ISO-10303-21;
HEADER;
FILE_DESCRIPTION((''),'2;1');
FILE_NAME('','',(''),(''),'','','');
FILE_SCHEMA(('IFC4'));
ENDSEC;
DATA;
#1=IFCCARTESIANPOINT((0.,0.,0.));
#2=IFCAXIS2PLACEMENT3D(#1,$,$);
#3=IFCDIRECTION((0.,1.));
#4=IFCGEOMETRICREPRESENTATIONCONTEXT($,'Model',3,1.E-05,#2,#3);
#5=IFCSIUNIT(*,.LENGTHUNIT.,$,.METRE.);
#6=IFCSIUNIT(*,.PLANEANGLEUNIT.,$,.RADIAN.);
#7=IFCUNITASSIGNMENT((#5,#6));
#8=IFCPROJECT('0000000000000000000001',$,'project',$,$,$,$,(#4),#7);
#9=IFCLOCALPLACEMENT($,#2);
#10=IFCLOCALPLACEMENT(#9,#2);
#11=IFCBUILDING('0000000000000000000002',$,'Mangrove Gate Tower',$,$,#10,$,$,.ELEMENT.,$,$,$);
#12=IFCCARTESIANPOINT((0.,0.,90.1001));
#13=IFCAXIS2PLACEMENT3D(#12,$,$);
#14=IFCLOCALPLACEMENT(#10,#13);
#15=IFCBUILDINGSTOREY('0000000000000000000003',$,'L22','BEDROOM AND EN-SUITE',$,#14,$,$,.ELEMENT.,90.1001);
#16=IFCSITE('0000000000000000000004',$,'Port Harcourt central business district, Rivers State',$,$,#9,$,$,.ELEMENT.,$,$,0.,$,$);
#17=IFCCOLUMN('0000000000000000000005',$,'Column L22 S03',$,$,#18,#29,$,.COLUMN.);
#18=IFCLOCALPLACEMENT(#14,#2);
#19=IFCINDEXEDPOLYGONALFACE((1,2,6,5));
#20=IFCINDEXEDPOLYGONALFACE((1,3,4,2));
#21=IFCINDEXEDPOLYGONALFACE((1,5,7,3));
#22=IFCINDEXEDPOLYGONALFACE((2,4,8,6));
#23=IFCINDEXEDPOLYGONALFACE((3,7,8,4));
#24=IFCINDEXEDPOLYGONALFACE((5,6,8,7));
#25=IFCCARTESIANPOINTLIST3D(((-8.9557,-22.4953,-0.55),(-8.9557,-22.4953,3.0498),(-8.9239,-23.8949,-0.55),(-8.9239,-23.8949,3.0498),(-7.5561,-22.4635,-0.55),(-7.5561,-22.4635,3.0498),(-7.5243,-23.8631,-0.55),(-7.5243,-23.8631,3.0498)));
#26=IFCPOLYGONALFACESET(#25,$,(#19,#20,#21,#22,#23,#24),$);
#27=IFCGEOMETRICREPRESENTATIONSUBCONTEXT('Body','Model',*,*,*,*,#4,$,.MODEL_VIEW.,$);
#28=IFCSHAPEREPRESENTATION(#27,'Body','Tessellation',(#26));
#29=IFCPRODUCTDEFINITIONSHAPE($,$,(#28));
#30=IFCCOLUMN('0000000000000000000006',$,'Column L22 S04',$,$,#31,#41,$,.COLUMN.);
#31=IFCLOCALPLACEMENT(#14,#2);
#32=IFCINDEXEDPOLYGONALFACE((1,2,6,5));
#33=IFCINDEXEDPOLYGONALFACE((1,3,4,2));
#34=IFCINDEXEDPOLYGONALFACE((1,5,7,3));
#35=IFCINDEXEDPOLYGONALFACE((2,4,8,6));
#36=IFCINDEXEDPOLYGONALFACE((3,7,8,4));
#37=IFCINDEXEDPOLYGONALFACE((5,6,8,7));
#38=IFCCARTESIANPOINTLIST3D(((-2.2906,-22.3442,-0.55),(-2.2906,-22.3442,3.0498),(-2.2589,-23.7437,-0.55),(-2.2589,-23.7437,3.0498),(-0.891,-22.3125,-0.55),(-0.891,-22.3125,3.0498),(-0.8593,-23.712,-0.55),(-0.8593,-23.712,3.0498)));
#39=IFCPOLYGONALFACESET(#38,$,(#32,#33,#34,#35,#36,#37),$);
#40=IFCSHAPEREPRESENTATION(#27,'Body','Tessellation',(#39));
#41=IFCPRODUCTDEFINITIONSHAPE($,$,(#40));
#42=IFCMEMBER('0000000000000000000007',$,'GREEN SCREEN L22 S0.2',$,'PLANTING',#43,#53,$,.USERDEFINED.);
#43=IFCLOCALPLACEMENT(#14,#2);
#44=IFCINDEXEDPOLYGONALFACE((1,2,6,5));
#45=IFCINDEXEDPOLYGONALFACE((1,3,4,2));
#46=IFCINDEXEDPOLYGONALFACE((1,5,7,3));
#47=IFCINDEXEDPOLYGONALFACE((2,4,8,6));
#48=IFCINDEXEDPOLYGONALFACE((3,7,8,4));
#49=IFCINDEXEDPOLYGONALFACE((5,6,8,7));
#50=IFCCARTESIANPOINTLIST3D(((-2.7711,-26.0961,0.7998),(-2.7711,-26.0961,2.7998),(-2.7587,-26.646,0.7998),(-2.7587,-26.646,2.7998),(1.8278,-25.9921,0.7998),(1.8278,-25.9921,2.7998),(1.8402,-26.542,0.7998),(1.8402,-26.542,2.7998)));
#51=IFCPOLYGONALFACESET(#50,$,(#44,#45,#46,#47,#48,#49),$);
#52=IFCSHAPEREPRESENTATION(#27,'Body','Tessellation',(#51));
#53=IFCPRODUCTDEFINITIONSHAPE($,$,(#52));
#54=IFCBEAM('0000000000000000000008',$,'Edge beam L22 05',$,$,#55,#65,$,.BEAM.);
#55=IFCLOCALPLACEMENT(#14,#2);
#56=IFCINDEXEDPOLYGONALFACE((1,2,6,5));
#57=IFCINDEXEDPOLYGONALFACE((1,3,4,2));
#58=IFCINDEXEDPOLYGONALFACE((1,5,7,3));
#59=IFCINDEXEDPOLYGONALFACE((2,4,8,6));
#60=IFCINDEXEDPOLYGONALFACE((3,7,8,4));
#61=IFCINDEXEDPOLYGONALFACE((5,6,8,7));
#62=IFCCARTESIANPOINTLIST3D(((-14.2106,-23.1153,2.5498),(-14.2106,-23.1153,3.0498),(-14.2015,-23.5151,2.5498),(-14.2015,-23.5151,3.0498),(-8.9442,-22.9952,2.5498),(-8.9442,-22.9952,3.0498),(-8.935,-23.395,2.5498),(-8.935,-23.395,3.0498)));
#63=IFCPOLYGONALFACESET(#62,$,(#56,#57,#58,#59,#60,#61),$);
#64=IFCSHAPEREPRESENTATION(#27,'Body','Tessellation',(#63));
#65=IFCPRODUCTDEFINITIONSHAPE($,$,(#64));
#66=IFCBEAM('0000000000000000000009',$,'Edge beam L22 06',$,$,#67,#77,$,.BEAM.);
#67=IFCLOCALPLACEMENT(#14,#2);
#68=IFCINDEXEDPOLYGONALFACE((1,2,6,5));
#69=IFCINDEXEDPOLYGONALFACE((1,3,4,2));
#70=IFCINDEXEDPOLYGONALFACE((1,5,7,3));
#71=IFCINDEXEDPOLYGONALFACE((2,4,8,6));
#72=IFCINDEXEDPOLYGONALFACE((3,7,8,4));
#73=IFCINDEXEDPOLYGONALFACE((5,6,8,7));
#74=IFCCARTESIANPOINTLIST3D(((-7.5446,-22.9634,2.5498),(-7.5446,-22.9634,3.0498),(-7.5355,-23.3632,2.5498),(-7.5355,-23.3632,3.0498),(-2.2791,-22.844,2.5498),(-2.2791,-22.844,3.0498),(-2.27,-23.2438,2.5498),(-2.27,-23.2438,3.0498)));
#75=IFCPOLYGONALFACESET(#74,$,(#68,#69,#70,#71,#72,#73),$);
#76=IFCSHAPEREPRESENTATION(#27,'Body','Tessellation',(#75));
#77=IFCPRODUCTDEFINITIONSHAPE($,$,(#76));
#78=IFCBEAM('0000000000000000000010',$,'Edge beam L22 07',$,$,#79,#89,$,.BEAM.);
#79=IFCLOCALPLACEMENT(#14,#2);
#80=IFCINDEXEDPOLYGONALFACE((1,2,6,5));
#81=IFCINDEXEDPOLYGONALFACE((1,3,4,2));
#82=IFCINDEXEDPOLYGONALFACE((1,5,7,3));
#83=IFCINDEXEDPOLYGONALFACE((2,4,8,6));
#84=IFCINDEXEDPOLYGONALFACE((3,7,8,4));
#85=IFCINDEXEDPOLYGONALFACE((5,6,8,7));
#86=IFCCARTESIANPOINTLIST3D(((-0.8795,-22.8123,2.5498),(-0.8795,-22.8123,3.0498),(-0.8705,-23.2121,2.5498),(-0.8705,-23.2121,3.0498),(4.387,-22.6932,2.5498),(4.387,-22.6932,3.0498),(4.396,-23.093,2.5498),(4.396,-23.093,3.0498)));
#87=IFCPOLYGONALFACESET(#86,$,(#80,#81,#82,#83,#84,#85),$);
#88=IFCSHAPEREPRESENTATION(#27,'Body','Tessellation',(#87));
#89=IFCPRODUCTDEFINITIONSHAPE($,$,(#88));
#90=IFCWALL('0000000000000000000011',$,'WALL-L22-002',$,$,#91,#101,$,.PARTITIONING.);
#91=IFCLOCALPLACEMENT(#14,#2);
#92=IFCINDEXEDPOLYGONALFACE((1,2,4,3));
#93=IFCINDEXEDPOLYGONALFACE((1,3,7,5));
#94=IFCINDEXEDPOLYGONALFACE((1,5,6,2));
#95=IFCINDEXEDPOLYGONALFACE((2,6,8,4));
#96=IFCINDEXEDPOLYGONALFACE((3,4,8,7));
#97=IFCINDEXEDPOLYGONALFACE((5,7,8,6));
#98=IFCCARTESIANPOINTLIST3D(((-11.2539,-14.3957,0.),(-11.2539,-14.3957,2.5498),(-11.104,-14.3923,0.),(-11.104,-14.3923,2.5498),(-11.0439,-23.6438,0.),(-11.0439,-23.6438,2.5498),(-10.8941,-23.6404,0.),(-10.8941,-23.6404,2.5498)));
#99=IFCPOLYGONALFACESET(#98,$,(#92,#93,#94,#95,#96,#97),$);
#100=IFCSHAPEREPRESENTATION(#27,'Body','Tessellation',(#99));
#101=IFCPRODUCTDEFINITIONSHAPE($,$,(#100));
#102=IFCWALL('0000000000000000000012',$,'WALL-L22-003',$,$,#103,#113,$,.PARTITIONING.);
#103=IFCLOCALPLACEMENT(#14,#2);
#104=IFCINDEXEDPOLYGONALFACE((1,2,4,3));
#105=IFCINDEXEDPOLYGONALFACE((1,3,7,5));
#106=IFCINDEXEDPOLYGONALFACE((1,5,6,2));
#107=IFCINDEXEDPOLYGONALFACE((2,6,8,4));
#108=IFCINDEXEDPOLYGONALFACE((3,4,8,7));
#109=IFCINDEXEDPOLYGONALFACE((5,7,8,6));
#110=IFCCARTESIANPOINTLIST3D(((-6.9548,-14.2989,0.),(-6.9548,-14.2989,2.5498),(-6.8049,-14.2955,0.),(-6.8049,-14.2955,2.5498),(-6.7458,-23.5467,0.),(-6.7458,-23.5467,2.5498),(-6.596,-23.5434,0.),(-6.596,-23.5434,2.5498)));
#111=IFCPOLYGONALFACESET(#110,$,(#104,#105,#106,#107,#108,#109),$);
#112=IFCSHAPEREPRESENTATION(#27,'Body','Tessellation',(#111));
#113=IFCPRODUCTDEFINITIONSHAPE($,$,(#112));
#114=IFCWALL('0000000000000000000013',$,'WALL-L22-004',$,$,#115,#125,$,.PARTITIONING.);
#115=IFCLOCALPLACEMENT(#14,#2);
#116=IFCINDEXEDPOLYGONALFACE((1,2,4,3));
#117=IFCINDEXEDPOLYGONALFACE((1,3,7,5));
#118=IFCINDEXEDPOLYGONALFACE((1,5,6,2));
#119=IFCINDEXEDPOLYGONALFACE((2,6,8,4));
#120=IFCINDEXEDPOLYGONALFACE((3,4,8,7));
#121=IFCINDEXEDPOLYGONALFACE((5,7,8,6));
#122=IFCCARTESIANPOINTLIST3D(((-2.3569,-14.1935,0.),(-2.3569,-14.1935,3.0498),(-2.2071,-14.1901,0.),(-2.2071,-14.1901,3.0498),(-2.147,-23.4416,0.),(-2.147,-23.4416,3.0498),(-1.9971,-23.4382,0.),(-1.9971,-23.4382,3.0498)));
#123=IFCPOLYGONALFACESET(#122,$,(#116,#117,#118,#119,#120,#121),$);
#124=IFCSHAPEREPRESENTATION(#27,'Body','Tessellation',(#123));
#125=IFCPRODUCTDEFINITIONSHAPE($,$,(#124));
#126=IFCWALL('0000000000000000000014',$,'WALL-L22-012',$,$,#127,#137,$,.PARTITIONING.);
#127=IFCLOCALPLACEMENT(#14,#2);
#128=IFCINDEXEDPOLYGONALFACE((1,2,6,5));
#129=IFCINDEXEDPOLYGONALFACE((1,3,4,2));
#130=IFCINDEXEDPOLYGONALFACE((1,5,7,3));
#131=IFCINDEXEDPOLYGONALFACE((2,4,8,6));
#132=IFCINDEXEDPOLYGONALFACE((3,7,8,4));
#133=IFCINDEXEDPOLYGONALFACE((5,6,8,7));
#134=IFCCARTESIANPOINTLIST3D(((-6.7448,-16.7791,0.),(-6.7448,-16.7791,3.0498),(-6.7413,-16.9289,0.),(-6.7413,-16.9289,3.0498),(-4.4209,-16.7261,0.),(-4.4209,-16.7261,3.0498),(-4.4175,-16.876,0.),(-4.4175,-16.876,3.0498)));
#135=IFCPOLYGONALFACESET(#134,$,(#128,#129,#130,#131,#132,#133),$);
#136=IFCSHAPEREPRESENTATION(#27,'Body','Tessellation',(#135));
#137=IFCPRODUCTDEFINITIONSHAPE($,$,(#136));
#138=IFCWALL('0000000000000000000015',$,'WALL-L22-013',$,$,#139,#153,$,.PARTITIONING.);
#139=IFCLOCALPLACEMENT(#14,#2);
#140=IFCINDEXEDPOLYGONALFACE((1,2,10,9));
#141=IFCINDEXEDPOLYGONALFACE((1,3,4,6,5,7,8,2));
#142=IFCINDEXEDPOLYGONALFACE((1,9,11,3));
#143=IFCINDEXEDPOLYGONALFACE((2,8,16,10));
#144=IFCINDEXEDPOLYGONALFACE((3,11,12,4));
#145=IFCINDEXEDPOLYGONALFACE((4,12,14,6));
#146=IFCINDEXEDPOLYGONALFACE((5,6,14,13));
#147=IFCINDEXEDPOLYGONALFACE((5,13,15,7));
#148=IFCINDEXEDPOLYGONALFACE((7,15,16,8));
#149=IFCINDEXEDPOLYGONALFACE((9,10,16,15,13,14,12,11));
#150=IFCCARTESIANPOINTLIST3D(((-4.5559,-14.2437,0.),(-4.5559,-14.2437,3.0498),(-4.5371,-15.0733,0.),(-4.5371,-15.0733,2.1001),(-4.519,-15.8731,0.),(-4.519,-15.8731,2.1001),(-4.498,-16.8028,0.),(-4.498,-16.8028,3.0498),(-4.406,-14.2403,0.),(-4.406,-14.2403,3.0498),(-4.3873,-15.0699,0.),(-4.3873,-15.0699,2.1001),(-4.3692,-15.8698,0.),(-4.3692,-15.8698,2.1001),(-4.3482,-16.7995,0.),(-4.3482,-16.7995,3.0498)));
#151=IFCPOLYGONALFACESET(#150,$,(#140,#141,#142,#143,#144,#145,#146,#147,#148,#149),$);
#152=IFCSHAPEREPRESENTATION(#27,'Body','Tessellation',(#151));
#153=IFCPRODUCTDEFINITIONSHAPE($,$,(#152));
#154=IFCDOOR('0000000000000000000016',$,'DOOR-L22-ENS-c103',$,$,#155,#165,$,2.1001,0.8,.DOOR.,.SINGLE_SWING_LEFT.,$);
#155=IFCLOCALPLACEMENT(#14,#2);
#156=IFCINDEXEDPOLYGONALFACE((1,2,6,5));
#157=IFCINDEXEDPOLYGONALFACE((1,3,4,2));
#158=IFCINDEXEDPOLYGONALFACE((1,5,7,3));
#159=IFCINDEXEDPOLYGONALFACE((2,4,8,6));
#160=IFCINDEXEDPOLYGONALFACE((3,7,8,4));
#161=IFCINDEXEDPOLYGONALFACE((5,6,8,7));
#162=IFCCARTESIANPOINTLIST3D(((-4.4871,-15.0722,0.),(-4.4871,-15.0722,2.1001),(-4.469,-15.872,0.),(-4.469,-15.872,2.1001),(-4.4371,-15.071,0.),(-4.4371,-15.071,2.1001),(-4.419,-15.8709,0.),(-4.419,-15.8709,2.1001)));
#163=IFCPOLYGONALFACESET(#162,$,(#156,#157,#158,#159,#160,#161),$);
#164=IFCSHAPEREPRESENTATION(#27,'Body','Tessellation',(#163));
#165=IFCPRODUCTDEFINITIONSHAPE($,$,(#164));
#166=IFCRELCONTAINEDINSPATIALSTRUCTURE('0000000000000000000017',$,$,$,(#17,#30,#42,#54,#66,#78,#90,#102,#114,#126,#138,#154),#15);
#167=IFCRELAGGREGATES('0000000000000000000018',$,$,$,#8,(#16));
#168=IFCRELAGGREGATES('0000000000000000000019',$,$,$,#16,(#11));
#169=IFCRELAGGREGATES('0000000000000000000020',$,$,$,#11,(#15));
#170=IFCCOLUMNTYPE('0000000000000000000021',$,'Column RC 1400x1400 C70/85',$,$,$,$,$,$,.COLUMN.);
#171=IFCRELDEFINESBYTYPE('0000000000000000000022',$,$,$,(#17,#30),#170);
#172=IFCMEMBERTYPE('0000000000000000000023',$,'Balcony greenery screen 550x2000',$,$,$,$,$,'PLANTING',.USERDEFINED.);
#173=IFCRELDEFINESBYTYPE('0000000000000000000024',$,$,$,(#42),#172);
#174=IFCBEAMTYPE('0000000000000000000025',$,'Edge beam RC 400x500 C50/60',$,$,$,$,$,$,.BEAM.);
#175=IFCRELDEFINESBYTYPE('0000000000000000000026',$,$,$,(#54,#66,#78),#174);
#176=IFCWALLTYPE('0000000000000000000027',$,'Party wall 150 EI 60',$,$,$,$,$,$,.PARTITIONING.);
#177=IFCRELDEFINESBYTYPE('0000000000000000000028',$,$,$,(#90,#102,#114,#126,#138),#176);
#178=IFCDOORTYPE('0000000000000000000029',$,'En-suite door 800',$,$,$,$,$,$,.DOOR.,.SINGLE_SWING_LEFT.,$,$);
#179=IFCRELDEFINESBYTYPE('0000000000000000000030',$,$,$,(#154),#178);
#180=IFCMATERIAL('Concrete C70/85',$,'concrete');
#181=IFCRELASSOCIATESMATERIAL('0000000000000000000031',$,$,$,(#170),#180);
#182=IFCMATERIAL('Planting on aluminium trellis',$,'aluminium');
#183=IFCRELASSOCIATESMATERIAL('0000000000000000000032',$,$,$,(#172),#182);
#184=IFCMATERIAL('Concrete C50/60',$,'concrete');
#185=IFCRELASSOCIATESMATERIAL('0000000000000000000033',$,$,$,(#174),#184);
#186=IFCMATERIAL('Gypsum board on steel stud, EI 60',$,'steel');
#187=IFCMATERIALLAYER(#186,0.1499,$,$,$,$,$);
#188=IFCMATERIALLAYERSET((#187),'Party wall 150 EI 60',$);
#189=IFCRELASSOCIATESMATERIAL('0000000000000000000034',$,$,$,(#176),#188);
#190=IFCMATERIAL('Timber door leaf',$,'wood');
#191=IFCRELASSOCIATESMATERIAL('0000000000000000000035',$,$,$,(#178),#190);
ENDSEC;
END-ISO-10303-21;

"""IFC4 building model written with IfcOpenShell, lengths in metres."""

from ifc_helpers import new_model, si_unit, direction, frame, frame_2d, origin, origin_2d, place, context, subcontext, project, spatial, rectangle, extrude, material, layer, layer_set, material_profile, profile_set, type_object, element, fill, save


model = new_model("IFC4")

# Units and contexts
model_context = context("Model", 3, precision=1e-05, world=origin(), true_north=direction((0.0, 1.0)))
body_context = subcontext(model_context, "Body", "Model", "MODEL_VIEW")
ifc_project = project(units=[si_unit("LENGTHUNIT", "METRE"), si_unit("PLANEANGLEUNIT", "RADIAN")], contexts=[model_context])

# Site, building, storey
site_placement = place(None, origin())
site = spatial("IfcSite", under=ifc_project, at=site_placement, Name="Port Harcourt central business district, Rivers State", CompositionType="ELEMENT", RefElevation=0.0)
building_placement = place(site_placement, origin())
building = spatial("IfcBuilding", under=site, at=building_placement, Name="Mangrove Gate Tower", CompositionType="ELEMENT")
storey_placement = place(building_placement, frame((0.0, 0.0, 90.1001)))
storey = spatial("IfcBuildingStorey", under=building, at=storey_placement, Name="L22", Description="BEDROOM AND EN-SUITE", CompositionType="ELEMENT", Elevation=90.1001)

# Columns
ifc_material_1 = material(Name="Concrete C70/85", Category="concrete")
ifc_material_profile_1 = material_profile(ifc_material_1, rectangle(XDim=1.3999, YDim=1.3999, at=origin_2d()))
ifc_profile_set_1 = profile_set([ifc_material_profile_1], Name="Concrete C70/85")
column_type = type_object("IfcColumnType", Name="Column RC 1400x1400 C70/85", PredefinedType="COLUMN", material=ifc_profile_set_1)
for number, where, z_axis, x_axis, name in (
    (1, (-8.24, -23.1792, -0.55), (0.0, 0.0, 1.0), (0.999742, 0.022723, 0.0), "Column L22 S03"),
    (2, (-1.575, -23.0281, -0.55), (0.0, 0.0, 1.0), (0.999743, 0.022648, 0.0), "Column L22 S04"),
):
    element("IfcColumn", number, at=place(storey_placement, frame(where, z_axis=z_axis, x_axis=x_axis)), inside=storey, type_object=column_type, Name=name, PredefinedType="COLUMN", context=body_context, shape_type="SweptSolid", body=[
        extrude(rectangle(XDim=1.3999, YDim=1.3999, at=origin_2d()), origin(), (0.0, 0.0, 1.0), 3.5999),
    ])

# Member
ifc_material_2 = material(Name="Planting on aluminium trellis", Category="aluminium")
ifc_material_profile_2 = material_profile(ifc_material_2, rectangle(XDim=0.55, YDim=2.0, at=origin_2d()))
ifc_profile_set_2 = profile_set([ifc_material_profile_2], Name="Planting on aluminium trellis")
member_type = type_object("IfcMemberType", Name="Balcony greenery screen 550x2000", ElementType="PLANTING", PredefinedType="USERDEFINED", material=ifc_profile_set_2)
member_placement = place(storey_placement, frame((-2.7649, -26.3711, 1.7998), z_axis=(0.999744, 0.022609, 0.0), x_axis=(-0.022609, 0.999744, 0.0)))
element("IfcMember", 3, at=member_placement, inside=storey, type_object=member_type, Name="GREEN SCREEN L22 S0.2", ObjectType="PLANTING", PredefinedType="USERDEFINED", context=body_context, shape_type="SweptSolid", body=[
    extrude(rectangle(XDim=0.55, YDim=2.0, at=origin_2d()), origin(), (0.0, 0.0, 1.0), 4.6001),
])

# Beams
ifc_material_3 = material(Name="Concrete C50/60", Category="concrete")
ifc_material_profile_3 = material_profile(ifc_material_3, rectangle(XDim=0.3999, YDim=0.5, at=origin_2d()))
ifc_profile_set_3 = profile_set([ifc_material_profile_3], Name="Concrete C50/60")
beam_type = type_object("IfcBeamType", Name="Edge beam RC 400x500 C50/60", PredefinedType="BEAM", material=ifc_profile_set_3)
beam_1_placement = place(storey_placement, frame((-14.2061, -23.3152, 2.7998), z_axis=(0.99974, 0.022802, 0.0), x_axis=(-0.022802, 0.99974, 0.0)))
element("IfcBeam", 4, at=beam_1_placement, inside=storey, type_object=beam_type, Name="Edge beam L22 05", PredefinedType="BEAM", context=body_context, shape_type="SweptSolid", body=[
    extrude(rectangle(XDim=0.3999, YDim=0.5, at=origin_2d()), origin(), (0.0, 0.0, 1.0), 5.2678),
])
beam_2_placement = place(storey_placement, frame((-7.54, -23.1633, 2.7998), z_axis=(0.999743, 0.022668, 0.0), x_axis=(-0.022668, 0.999743, 0.0)))
element("IfcBeam", 5, at=beam_2_placement, inside=storey, type_object=beam_type, Name="Edge beam L22 06", PredefinedType="BEAM", context=body_context, shape_type="SweptSolid", body=[
    extrude(rectangle(XDim=0.3999, YDim=0.5, at=origin_2d()), origin(), (0.0, 0.0, 1.0), 5.2668),
])
beam_3_placement = place(storey_placement, frame((-0.875, -23.0122, 2.7998), z_axis=(0.999744, 0.022617, 0.0), x_axis=(-0.022617, 0.999744, 0.0)))
element("IfcBeam", 6, at=beam_3_placement, inside=storey, type_object=beam_type, Name="Edge beam L22 07", PredefinedType="BEAM", context=body_context, shape_type="SweptSolid", body=[
    extrude(rectangle(XDim=0.3999, YDim=0.5, at=origin_2d()), origin(), (0.0, 0.0, 1.0), 5.2678),
])

# Walls
ifc_material_4 = material(Name="Gypsum board on steel stud, EI 60", Category="steel")
ifc_layer_1 = layer(ifc_material_4, 0.1499)
ifc_layer_set_1 = layer_set([ifc_layer_1], Name="Party wall 150 EI 60")
wall_type_1 = type_object("IfcWallType", Name="Party wall 150 EI 60", PredefinedType="PARTITIONING", material=ifc_layer_set_1)
wall_1_placement = place(storey_placement, frame((-10.969, -23.6421, 0.0), z_axis=(0.0, 0.0, 1.0), x_axis=(-0.022697, 0.999742, 0.0)))
element("IfcWall", 7, at=wall_1_placement, inside=storey, type_object=wall_type_1, Name="WALL-L22-002", PredefinedType="PARTITIONING", context=body_context, shape_type="SweptSolid", body=[
    extrude(rectangle(XDim=9.2505, YDim=0.1499, at=frame_2d((4.6252, 0.0))), origin(), (0.0, 0.0, 1.0), 2.5498),
])
wall_2_placement = place(storey_placement, frame((-6.6709, -23.5449, 0.0), z_axis=(0.0, 0.0, 1.0), x_axis=(-0.022593, 0.999745, 0.0)))
element("IfcWall", 8, at=wall_2_placement, inside=storey, type_object=wall_type_1, Name="WALL-L22-003", PredefinedType="PARTITIONING", context=body_context, shape_type="SweptSolid", body=[
    extrude(rectangle(XDim=9.2502, YDim=0.1499, at=frame_2d((4.625, 0.0))), origin(), (0.0, 0.0, 1.0), 2.5498),
])
wall_3_placement = place(storey_placement, frame((-2.072, -23.4399, 0.0), z_axis=(0.0, 0.0, 1.0), x_axis=(-0.022697, 0.999742, 0.0)))
element("IfcWall", 9, at=wall_3_placement, inside=storey, type_object=wall_type_1, Name="WALL-L22-004", PredefinedType="PARTITIONING", context=body_context, shape_type="SweptSolid", body=[
    extrude(rectangle(XDim=9.2505, YDim=0.1499, at=frame_2d((4.6252, 0.0))), origin(), (0.0, 0.0, 1.0), 3.0498),
])
wall_4_placement = place(storey_placement, frame((-6.7429, -16.854, 0.0), z_axis=(0.0, 0.0, 1.0), x_axis=(0.99974, 0.022791, 0.0)))
element("IfcWall", 10, at=wall_4_placement, inside=storey, type_object=wall_type_1, Name="WALL-L22-012", PredefinedType="PARTITIONING", context=body_context, shape_type="SweptSolid", body=[
    extrude(rectangle(XDim=2.3245, YDim=0.1499, at=frame_2d((1.1621, 0.0))), origin(), (0.0, 0.0, 1.0), 3.0498),
])

# Wall, opening, door
wall_5_placement = place(storey_placement, frame((-4.4231, -16.801, 0.0), z_axis=(0.0, 0.0, 1.0), x_axis=(-0.022604, 0.999744, 0.0)))
wall_5 = element("IfcWall", 11, at=wall_5_placement, inside=storey, type_object=wall_type_1, Name="WALL-L22-013", PredefinedType="PARTITIONING", context=body_context, shape_type="SweptSolid", body=[
    extrude(rectangle(XDim=2.5598, YDim=0.1499, at=frame_2d((1.2798, 0.0))), origin(), (0.0, 0.0, 1.0), 3.0498),
])
opening_1_placement = place(wall_5_placement, frame((0.9299, 0.0, 0.0)))
opening_1 = element("IfcOpeningElement", 12, at=opening_1_placement, cuts=wall_5, PredefinedType="OPENING", context=body_context, shape_type="SweptSolid", body=[
    extrude(rectangle(XDim=0.8, YDim=2.1001, at=frame_2d((0.3999, 1.05))), frame((0.0, 0.085, 0.0), z_axis=(0.0, -1.0, 0.0), x_axis=(1.0, 0.0, 0.0)), (0.0, 0.0, 1.0), 0.1699),
])
ifc_material_5 = material(Name="Timber door leaf", Category="wood")
door_type = type_object("IfcDoorType", Name="En-suite door 800", OperationType="SINGLE_SWING_LEFT", PredefinedType="DOOR", material=ifc_material_5)
door_1_placement = place(opening_1_placement, origin())
door_1 = element("IfcDoor", 13, at=door_1_placement, inside=storey, type_object=door_type, Name="DOOR-L22-ENS-c103", OperationType="SINGLE_SWING_LEFT", OverallHeight=2.1001, OverallWidth=0.8, PredefinedType="DOOR", context=body_context, shape_type="SweptSolid", body=[
    extrude(rectangle(XDim=0.8, YDim=2.1001, at=frame_2d((0.3999, 1.05))), frame((0.0, 0.0249, 0.0), z_axis=(0.0, -1.0, 0.0), x_axis=(1.0, 0.0, 0.0)), (0.0, 0.0, 1.0), 0.05),
])
fill(opening_1, door_1)

save(model, "model.ifc")
